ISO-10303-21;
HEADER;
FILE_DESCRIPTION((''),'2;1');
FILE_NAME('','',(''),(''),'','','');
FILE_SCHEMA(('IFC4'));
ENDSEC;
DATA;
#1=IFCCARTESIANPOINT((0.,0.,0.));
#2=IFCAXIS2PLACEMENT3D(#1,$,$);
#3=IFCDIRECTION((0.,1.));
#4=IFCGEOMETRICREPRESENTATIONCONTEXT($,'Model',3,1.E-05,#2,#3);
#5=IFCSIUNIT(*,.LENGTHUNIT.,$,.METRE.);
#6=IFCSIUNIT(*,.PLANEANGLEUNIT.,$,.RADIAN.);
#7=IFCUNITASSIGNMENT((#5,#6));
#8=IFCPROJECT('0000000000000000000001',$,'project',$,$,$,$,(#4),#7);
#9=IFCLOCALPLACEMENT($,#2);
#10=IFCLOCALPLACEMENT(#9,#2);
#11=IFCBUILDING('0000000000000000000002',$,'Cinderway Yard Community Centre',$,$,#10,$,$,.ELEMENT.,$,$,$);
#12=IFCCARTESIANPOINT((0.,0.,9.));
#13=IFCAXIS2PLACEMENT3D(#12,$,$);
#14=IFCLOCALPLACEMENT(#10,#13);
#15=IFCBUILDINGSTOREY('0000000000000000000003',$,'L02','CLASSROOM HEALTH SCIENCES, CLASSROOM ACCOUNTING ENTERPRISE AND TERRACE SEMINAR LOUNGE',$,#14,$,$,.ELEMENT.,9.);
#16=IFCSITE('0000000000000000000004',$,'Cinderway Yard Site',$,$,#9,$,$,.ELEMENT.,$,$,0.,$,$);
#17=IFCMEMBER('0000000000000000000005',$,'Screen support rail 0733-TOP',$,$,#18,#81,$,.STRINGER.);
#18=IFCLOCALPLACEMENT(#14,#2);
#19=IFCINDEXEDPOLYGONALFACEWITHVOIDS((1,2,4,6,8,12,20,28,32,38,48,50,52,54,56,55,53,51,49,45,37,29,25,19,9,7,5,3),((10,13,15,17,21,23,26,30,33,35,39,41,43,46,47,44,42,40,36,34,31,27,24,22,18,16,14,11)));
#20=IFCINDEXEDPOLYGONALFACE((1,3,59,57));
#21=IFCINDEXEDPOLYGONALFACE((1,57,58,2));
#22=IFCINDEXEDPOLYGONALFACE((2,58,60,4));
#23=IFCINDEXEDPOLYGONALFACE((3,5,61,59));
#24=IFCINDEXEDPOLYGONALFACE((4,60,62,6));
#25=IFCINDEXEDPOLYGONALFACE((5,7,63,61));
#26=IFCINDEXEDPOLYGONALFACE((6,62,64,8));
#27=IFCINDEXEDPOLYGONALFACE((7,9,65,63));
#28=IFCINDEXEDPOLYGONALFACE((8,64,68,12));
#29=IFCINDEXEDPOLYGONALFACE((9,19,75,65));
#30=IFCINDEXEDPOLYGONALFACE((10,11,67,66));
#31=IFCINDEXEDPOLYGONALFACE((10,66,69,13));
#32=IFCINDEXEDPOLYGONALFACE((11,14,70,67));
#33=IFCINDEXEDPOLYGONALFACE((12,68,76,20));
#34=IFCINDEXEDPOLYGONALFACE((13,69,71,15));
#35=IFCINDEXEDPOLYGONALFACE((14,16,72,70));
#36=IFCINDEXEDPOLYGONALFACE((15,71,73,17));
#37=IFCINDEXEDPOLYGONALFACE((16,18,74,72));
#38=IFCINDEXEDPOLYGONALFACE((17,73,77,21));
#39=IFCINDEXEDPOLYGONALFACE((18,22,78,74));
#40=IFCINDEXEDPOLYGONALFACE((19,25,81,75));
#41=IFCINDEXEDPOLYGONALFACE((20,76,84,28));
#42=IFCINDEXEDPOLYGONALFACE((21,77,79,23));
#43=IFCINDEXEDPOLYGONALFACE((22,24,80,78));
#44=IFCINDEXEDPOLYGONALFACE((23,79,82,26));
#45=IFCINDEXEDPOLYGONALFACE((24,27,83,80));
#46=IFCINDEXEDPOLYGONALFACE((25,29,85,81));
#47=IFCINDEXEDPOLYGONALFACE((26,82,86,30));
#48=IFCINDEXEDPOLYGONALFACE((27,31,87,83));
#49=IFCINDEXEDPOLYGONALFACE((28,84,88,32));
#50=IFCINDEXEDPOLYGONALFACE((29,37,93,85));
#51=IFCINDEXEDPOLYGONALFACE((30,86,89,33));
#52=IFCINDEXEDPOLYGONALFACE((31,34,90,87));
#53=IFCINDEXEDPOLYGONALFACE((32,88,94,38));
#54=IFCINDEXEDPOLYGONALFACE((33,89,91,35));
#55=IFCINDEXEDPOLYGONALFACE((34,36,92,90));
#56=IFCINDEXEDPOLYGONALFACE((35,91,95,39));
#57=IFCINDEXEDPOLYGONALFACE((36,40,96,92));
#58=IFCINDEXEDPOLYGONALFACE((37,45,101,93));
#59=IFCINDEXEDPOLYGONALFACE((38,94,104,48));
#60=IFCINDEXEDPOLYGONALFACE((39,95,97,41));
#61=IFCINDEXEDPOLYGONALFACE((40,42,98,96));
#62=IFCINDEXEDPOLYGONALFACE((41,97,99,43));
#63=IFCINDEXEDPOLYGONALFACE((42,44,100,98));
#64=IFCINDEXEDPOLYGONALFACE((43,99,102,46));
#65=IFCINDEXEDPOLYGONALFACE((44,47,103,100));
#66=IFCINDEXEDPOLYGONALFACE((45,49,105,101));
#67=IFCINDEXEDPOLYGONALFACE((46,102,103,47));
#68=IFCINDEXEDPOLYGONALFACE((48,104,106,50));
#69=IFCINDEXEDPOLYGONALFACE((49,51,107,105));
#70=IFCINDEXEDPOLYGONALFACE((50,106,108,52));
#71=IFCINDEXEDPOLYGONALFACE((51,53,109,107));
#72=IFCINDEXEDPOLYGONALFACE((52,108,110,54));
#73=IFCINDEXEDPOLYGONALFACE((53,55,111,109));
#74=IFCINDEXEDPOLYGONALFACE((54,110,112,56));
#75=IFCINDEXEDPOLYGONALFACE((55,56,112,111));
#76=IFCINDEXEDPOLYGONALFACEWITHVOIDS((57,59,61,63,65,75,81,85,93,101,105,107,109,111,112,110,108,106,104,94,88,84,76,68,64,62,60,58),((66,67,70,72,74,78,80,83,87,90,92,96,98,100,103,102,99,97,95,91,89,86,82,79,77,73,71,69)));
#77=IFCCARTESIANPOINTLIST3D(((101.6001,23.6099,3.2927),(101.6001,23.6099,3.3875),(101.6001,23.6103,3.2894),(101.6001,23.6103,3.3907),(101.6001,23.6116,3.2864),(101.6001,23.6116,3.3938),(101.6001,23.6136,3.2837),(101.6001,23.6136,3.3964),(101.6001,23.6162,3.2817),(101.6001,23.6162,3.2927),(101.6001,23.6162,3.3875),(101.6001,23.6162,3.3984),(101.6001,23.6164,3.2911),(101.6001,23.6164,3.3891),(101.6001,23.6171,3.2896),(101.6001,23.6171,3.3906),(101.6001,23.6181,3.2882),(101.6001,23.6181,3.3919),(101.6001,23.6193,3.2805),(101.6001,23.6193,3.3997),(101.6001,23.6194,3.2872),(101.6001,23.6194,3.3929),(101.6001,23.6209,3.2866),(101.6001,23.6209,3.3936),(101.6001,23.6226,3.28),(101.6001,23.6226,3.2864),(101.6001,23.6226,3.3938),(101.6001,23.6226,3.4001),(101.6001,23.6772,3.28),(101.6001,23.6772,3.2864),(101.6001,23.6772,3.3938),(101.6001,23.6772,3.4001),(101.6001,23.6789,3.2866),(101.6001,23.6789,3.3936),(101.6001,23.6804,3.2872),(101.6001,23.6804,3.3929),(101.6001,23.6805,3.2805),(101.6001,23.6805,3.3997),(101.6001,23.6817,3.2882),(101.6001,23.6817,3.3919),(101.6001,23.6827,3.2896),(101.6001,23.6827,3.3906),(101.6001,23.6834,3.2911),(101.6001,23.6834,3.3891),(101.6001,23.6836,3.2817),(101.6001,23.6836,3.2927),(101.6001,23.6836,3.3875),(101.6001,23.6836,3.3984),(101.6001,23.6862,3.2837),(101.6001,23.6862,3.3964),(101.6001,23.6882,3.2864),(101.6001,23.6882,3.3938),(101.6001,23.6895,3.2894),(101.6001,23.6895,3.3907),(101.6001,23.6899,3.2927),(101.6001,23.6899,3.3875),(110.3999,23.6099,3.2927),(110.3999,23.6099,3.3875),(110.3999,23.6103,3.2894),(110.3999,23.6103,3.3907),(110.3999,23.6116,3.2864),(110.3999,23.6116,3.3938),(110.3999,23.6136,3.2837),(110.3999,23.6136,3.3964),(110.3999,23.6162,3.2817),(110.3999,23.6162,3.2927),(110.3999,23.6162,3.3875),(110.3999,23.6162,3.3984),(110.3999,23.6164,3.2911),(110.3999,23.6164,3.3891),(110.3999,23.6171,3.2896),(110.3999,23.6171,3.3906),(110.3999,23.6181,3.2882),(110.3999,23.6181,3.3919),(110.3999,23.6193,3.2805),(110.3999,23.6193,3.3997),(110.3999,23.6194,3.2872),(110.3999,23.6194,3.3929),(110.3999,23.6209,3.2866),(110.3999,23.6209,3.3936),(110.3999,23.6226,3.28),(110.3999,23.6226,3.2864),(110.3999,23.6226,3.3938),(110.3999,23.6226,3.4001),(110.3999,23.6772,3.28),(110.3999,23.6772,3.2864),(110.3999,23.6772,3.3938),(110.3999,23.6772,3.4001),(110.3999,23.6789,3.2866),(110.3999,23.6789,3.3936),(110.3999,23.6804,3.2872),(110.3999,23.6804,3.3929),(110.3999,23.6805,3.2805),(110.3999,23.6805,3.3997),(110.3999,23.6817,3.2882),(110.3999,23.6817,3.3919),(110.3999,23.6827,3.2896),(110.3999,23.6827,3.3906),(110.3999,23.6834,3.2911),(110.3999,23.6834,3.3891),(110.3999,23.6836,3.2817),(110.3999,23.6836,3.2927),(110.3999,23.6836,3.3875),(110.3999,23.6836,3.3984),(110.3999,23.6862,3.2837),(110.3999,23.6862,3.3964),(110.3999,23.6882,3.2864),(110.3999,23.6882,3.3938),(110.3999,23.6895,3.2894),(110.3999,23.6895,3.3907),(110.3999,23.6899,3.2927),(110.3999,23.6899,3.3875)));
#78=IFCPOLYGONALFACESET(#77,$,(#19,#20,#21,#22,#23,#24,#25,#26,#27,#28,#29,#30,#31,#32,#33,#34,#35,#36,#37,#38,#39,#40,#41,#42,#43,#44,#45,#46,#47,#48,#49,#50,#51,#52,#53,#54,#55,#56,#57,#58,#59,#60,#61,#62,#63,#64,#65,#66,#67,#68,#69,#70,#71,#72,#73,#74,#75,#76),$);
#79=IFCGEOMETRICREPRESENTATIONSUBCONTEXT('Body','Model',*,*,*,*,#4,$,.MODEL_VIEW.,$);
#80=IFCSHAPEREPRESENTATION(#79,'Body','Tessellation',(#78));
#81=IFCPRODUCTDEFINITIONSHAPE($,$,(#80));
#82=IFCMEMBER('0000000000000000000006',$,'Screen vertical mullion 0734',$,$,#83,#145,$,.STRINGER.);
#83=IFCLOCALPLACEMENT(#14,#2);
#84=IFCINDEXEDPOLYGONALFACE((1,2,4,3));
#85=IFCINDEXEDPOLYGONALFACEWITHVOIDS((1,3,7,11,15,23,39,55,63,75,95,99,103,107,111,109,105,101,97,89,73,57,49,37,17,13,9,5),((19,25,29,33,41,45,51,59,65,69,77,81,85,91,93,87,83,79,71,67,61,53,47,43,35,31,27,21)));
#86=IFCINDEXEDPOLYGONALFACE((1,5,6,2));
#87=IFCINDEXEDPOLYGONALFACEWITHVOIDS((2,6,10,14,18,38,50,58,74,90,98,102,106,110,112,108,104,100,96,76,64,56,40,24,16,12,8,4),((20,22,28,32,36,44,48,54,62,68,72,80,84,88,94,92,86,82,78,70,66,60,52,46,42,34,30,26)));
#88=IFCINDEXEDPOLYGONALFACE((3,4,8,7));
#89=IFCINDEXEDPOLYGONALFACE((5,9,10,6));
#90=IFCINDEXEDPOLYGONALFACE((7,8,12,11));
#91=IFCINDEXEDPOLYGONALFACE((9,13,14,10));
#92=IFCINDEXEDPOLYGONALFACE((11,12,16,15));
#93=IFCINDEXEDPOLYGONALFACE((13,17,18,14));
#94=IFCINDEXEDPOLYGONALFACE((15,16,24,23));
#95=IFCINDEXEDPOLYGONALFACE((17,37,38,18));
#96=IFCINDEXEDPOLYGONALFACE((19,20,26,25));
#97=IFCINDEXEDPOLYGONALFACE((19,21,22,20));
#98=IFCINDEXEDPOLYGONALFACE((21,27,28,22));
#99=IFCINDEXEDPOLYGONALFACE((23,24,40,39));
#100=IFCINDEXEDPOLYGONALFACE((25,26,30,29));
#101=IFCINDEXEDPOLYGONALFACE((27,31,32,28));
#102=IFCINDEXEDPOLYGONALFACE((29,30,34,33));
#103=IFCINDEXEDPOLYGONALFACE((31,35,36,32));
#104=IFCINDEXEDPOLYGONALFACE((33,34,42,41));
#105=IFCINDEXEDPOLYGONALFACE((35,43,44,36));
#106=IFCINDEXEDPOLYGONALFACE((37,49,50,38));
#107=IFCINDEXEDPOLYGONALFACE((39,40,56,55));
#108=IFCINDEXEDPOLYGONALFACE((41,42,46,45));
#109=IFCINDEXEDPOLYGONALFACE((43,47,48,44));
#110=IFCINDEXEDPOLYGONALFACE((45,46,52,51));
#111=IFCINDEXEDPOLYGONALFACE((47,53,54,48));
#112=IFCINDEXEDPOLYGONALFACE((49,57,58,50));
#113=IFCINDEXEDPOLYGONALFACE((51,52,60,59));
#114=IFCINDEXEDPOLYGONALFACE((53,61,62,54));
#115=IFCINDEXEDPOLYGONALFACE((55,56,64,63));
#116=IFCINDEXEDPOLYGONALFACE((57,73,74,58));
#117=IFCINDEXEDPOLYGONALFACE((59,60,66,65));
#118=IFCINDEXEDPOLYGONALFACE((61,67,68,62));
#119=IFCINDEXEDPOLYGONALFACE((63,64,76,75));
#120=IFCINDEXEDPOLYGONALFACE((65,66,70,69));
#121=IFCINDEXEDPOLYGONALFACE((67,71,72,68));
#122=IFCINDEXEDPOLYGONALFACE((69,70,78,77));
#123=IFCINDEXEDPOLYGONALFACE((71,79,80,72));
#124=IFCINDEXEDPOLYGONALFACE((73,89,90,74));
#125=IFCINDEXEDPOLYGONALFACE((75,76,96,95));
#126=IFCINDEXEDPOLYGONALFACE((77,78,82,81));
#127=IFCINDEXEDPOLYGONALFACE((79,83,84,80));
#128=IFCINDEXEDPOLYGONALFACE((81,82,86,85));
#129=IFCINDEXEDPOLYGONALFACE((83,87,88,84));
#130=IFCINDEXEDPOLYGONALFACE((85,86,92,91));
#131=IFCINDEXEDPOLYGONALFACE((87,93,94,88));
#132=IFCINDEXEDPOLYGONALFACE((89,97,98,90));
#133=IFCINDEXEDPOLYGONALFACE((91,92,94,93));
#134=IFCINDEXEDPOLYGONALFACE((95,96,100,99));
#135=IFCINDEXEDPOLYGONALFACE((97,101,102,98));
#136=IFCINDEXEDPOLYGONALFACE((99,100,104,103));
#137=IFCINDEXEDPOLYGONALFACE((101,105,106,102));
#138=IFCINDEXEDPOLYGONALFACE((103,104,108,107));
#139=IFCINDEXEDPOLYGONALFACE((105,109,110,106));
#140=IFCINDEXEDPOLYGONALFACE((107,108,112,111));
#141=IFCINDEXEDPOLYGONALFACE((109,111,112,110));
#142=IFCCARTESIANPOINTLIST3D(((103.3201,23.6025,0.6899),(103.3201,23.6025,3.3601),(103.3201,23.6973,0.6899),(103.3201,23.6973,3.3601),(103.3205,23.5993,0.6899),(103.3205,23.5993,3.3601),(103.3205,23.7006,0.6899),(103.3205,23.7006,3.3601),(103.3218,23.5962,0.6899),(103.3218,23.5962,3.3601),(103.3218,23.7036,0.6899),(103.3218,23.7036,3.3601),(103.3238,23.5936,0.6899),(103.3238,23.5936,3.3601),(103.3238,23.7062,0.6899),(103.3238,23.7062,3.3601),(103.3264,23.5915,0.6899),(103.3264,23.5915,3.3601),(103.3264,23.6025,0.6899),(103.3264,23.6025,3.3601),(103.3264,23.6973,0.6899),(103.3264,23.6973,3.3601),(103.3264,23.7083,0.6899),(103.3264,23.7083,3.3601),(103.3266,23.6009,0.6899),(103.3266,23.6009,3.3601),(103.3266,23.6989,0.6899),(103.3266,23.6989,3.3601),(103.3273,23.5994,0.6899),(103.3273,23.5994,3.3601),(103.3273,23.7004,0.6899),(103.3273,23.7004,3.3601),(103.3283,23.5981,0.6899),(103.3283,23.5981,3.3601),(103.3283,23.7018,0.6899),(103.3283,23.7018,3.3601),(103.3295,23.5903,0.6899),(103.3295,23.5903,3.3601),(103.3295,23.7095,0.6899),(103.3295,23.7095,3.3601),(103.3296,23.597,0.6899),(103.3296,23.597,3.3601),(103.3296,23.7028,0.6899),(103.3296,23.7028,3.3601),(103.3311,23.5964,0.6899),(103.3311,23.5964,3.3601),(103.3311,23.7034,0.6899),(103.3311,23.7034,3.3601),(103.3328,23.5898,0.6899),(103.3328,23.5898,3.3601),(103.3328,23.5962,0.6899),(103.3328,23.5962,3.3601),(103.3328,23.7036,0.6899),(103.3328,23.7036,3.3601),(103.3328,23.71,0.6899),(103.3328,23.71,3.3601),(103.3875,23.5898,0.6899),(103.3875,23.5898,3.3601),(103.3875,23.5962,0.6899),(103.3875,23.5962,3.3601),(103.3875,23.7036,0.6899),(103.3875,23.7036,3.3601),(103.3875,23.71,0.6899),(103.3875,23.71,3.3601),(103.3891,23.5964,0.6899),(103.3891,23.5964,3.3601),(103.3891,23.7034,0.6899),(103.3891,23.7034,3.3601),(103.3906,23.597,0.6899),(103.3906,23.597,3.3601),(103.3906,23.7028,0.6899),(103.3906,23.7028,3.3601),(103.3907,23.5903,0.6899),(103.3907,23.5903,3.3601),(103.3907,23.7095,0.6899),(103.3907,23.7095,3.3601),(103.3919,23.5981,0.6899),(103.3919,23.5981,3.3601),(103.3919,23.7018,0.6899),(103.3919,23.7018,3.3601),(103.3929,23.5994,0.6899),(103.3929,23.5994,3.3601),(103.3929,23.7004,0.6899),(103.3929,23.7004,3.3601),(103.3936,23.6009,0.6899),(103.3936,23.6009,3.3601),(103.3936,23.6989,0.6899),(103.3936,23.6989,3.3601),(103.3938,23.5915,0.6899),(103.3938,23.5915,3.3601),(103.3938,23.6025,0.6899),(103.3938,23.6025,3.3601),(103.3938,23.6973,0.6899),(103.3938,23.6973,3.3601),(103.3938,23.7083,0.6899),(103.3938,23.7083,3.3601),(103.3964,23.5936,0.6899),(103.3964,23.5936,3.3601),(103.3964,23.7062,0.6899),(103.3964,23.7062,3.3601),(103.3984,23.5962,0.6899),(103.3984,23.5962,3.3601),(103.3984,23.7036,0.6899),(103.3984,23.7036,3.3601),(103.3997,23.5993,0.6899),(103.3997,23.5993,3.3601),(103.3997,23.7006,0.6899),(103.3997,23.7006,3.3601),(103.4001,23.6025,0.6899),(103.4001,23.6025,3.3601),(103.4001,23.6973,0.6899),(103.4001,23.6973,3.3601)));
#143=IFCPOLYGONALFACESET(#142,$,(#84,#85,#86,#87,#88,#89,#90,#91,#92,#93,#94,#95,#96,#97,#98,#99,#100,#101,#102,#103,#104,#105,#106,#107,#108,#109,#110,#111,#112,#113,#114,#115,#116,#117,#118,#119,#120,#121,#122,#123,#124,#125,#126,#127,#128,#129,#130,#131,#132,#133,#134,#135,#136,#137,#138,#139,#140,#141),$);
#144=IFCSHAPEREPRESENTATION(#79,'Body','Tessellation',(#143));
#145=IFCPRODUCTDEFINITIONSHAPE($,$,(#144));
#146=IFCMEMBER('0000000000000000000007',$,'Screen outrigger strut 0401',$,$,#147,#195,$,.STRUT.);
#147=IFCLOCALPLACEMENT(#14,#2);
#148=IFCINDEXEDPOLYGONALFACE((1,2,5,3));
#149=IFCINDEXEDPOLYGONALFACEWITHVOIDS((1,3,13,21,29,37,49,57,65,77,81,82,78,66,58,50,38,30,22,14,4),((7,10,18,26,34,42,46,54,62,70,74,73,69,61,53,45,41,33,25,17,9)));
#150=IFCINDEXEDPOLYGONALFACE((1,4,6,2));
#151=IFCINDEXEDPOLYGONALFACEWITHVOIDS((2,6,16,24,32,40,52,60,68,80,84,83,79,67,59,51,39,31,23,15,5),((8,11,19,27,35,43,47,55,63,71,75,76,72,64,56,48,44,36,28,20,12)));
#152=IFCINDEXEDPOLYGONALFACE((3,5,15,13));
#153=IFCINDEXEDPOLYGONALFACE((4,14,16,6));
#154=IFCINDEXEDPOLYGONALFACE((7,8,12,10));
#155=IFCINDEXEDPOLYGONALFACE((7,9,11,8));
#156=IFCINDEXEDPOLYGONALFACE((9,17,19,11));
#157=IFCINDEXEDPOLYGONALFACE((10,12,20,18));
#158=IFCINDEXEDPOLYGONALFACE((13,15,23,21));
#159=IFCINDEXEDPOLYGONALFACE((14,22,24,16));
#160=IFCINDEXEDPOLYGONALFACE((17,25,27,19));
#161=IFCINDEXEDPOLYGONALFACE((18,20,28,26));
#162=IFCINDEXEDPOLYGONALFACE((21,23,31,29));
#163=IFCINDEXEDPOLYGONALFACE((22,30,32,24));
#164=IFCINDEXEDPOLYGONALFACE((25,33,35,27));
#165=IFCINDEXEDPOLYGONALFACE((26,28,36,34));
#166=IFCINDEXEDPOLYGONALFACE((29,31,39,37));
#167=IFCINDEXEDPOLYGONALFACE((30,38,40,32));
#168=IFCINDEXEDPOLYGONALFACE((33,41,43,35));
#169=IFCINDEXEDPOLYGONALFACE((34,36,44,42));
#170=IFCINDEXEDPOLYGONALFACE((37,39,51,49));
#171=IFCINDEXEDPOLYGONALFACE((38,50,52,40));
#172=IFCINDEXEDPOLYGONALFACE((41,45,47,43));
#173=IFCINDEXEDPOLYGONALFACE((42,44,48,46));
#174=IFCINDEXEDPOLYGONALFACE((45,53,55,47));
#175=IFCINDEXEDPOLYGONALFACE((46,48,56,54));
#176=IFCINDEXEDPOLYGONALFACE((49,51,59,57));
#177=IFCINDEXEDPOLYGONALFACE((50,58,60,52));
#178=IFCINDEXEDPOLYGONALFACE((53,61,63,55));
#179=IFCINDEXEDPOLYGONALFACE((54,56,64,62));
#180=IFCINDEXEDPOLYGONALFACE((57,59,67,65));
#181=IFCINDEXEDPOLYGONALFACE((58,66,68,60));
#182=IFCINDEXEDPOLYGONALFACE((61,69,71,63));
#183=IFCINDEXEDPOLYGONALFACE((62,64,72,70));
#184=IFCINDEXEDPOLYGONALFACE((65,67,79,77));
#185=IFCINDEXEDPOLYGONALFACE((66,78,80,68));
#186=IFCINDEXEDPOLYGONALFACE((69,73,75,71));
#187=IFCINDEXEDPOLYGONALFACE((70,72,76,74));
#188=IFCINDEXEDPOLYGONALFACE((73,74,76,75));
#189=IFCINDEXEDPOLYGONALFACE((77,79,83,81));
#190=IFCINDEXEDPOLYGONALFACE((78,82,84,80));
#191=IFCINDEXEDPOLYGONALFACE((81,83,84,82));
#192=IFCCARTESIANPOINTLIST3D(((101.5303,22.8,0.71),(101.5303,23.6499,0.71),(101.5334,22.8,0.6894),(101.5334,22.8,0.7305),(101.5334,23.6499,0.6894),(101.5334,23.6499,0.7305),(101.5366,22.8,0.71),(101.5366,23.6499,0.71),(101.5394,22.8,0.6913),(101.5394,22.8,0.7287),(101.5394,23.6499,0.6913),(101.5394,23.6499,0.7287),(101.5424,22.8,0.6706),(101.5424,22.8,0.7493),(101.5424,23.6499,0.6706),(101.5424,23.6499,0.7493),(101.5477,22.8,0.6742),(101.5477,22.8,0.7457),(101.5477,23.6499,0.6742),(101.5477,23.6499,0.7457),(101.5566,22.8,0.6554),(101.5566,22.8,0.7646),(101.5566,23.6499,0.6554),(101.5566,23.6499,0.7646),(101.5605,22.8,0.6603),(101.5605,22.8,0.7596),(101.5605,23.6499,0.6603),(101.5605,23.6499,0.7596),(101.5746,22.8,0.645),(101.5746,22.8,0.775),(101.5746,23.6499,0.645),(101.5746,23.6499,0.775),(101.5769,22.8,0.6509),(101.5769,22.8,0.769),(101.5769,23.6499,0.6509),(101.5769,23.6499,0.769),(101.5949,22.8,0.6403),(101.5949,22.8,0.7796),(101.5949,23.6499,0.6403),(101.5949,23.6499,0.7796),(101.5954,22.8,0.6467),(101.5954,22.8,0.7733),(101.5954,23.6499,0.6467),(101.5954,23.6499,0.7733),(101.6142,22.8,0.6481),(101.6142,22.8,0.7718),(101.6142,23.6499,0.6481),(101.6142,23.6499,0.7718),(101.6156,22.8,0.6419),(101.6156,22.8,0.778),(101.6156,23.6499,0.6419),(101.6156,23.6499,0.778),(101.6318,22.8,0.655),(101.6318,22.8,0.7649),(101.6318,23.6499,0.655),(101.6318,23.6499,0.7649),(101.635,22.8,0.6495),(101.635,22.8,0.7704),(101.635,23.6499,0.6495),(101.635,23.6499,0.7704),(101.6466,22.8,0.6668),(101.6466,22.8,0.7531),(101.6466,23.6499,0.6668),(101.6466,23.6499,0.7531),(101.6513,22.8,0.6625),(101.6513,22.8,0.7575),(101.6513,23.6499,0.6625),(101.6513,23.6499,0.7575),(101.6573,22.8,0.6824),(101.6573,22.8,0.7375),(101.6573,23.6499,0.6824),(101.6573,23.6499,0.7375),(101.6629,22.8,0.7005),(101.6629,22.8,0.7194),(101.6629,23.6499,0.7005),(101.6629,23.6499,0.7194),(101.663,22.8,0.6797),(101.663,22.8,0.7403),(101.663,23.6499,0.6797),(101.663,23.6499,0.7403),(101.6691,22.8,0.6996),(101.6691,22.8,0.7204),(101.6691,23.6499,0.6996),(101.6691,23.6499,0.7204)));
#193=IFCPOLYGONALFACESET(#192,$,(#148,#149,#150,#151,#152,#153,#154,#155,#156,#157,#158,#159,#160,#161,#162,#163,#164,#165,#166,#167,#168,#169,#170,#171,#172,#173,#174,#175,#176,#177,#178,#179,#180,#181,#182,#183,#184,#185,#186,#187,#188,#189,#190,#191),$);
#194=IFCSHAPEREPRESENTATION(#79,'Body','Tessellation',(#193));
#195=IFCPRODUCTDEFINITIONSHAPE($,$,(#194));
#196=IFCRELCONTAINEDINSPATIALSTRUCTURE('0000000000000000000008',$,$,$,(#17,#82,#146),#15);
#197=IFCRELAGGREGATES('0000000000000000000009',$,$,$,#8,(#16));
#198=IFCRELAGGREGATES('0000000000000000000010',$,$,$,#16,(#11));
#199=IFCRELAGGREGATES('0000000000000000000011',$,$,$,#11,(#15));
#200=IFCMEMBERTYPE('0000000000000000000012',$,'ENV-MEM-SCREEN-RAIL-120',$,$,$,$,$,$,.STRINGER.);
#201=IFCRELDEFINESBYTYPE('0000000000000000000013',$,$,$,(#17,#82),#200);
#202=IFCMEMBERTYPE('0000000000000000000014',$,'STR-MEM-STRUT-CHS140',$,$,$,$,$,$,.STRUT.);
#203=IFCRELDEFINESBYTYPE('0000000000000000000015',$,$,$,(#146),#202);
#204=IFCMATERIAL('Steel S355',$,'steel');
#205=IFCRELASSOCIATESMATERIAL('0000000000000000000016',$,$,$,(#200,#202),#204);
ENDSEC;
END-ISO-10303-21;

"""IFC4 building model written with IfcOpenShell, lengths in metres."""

from ifc_helpers import new_model, si_unit, direction, frame, origin, origin_2d, place, context, subcontext, project, spatial, hollow_rectangle, hollow_circle, extrude, material, material_profile, profile_set, type_object, element, save


model = new_model("IFC4")

# Units and contexts
model_context = context("Model", 3, precision=1e-05, world=origin(), true_north=direction((0.0, 1.0)))
body_context = subcontext(model_context, "Body", "Model", "MODEL_VIEW")
ifc_project = project(units=[si_unit("LENGTHUNIT", "METRE"), si_unit("PLANEANGLEUNIT", "RADIAN")], contexts=[model_context])

# Site, building, storey
site_placement = place(None, origin())
site = spatial("IfcSite", under=ifc_project, at=site_placement, Name="Cinderway Yard Site", CompositionType="ELEMENT", RefElevation=0.0)
building_placement = place(site_placement, origin())
building = spatial("IfcBuilding", under=site, at=building_placement, Name="Cinderway Yard Community Centre", CompositionType="ELEMENT")
storey_placement = place(building_placement, frame((0.0, 0.0, 9.0)))
storey = spatial("IfcBuildingStorey", under=building, at=storey_placement, Name="L02", Description="CLASSROOM HEALTH SCIENCES, CLASSROOM ACCOUNTING ENTERPRISE AND TERRACE SEMINAR LOUNGE", CompositionType="ELEMENT", Elevation=9.0)

# Members
ifc_material_1 = material(Name="Steel S355", Category="steel")
ifc_material_profile_1 = material_profile(ifc_material_1, hollow_rectangle(XDim=0.0801, YDim=0.1201, WallThickness=0.0063, InnerFilletRadius=0.0063, OuterFilletRadius=0.0127, at=origin_2d()), Name="Steel S355")
ifc_profile_set_1 = profile_set([ifc_material_profile_1], Name="Steel S355")
member_type_1 = type_object("IfcMemberType", Name="ENV-MEM-SCREEN-RAIL-120", PredefinedType="STRINGER", material=ifc_profile_set_1)
for number, where, z_axis, x_axis, name in (
    (1, (101.6001, 23.6499, 3.3401), (1.0, 0.0, 0.0), (0.0, 1.0, 0.0), "Screen support rail 0733-TOP"),
):
    element("IfcMember", number, at=place(storey_placement, frame(where, z_axis=z_axis, x_axis=x_axis)), inside=storey, type_object=member_type_1, Name=name, PredefinedType="STRINGER", context=body_context, shape_type="SweptSolid", body=[
        extrude(hollow_rectangle(XDim=0.0801, YDim=0.1201, WallThickness=0.0063, InnerFilletRadius=0.0063, OuterFilletRadius=0.0127, at=origin_2d()), origin(), (0.0, 0.0, 1.0), 8.7998),
    ])
member_1_placement = place(storey_placement, frame((103.3601, 23.6499, 0.6899), z_axis=(0.0, 0.0, 1.0), x_axis=(1.0, 0.0, 0.0)))
element("IfcMember", 2, at=member_1_placement, inside=storey, type_object=member_type_1, Name="Screen vertical mullion 0734", PredefinedType="STRINGER", context=body_context, shape_type="SweptSolid", body=[
    extrude(hollow_rectangle(XDim=0.0801, YDim=0.1201, WallThickness=0.0063, InnerFilletRadius=0.0063, OuterFilletRadius=0.0127, at=origin_2d()), origin(), (0.0, 0.0, 1.0), 2.6702),
])
ifc_material_profile_2 = material_profile(ifc_material_1, hollow_circle(Radius=0.0698, WallThickness=0.0063, at=origin_2d()), Name="Steel S355")
ifc_profile_set_2 = profile_set([ifc_material_profile_2], Name="Steel S355")
member_type_2 = type_object("IfcMemberType", Name="STR-MEM-STRUT-CHS140", PredefinedType="STRUT", material=ifc_profile_set_2)
for number, where, z_axis, x_axis, name in (
    (3, (101.6001, 22.8, 0.71), (0.0, 1.0, 0.0), (-1.0, 0.0, 0.0), "Screen outrigger strut 0401"),
):
    element("IfcMember", number, at=place(storey_placement, frame(where, z_axis=z_axis, x_axis=x_axis)), inside=storey, type_object=member_type_2, Name=name, PredefinedType="STRUT", context=body_context, shape_type="SweptSolid", body=[
        extrude(hollow_circle(Radius=0.0698, WallThickness=0.0063, at=origin_2d()), origin(), (0.0, 0.0, 1.0), 0.8499),
    ])

save(model, "model.ifc")
